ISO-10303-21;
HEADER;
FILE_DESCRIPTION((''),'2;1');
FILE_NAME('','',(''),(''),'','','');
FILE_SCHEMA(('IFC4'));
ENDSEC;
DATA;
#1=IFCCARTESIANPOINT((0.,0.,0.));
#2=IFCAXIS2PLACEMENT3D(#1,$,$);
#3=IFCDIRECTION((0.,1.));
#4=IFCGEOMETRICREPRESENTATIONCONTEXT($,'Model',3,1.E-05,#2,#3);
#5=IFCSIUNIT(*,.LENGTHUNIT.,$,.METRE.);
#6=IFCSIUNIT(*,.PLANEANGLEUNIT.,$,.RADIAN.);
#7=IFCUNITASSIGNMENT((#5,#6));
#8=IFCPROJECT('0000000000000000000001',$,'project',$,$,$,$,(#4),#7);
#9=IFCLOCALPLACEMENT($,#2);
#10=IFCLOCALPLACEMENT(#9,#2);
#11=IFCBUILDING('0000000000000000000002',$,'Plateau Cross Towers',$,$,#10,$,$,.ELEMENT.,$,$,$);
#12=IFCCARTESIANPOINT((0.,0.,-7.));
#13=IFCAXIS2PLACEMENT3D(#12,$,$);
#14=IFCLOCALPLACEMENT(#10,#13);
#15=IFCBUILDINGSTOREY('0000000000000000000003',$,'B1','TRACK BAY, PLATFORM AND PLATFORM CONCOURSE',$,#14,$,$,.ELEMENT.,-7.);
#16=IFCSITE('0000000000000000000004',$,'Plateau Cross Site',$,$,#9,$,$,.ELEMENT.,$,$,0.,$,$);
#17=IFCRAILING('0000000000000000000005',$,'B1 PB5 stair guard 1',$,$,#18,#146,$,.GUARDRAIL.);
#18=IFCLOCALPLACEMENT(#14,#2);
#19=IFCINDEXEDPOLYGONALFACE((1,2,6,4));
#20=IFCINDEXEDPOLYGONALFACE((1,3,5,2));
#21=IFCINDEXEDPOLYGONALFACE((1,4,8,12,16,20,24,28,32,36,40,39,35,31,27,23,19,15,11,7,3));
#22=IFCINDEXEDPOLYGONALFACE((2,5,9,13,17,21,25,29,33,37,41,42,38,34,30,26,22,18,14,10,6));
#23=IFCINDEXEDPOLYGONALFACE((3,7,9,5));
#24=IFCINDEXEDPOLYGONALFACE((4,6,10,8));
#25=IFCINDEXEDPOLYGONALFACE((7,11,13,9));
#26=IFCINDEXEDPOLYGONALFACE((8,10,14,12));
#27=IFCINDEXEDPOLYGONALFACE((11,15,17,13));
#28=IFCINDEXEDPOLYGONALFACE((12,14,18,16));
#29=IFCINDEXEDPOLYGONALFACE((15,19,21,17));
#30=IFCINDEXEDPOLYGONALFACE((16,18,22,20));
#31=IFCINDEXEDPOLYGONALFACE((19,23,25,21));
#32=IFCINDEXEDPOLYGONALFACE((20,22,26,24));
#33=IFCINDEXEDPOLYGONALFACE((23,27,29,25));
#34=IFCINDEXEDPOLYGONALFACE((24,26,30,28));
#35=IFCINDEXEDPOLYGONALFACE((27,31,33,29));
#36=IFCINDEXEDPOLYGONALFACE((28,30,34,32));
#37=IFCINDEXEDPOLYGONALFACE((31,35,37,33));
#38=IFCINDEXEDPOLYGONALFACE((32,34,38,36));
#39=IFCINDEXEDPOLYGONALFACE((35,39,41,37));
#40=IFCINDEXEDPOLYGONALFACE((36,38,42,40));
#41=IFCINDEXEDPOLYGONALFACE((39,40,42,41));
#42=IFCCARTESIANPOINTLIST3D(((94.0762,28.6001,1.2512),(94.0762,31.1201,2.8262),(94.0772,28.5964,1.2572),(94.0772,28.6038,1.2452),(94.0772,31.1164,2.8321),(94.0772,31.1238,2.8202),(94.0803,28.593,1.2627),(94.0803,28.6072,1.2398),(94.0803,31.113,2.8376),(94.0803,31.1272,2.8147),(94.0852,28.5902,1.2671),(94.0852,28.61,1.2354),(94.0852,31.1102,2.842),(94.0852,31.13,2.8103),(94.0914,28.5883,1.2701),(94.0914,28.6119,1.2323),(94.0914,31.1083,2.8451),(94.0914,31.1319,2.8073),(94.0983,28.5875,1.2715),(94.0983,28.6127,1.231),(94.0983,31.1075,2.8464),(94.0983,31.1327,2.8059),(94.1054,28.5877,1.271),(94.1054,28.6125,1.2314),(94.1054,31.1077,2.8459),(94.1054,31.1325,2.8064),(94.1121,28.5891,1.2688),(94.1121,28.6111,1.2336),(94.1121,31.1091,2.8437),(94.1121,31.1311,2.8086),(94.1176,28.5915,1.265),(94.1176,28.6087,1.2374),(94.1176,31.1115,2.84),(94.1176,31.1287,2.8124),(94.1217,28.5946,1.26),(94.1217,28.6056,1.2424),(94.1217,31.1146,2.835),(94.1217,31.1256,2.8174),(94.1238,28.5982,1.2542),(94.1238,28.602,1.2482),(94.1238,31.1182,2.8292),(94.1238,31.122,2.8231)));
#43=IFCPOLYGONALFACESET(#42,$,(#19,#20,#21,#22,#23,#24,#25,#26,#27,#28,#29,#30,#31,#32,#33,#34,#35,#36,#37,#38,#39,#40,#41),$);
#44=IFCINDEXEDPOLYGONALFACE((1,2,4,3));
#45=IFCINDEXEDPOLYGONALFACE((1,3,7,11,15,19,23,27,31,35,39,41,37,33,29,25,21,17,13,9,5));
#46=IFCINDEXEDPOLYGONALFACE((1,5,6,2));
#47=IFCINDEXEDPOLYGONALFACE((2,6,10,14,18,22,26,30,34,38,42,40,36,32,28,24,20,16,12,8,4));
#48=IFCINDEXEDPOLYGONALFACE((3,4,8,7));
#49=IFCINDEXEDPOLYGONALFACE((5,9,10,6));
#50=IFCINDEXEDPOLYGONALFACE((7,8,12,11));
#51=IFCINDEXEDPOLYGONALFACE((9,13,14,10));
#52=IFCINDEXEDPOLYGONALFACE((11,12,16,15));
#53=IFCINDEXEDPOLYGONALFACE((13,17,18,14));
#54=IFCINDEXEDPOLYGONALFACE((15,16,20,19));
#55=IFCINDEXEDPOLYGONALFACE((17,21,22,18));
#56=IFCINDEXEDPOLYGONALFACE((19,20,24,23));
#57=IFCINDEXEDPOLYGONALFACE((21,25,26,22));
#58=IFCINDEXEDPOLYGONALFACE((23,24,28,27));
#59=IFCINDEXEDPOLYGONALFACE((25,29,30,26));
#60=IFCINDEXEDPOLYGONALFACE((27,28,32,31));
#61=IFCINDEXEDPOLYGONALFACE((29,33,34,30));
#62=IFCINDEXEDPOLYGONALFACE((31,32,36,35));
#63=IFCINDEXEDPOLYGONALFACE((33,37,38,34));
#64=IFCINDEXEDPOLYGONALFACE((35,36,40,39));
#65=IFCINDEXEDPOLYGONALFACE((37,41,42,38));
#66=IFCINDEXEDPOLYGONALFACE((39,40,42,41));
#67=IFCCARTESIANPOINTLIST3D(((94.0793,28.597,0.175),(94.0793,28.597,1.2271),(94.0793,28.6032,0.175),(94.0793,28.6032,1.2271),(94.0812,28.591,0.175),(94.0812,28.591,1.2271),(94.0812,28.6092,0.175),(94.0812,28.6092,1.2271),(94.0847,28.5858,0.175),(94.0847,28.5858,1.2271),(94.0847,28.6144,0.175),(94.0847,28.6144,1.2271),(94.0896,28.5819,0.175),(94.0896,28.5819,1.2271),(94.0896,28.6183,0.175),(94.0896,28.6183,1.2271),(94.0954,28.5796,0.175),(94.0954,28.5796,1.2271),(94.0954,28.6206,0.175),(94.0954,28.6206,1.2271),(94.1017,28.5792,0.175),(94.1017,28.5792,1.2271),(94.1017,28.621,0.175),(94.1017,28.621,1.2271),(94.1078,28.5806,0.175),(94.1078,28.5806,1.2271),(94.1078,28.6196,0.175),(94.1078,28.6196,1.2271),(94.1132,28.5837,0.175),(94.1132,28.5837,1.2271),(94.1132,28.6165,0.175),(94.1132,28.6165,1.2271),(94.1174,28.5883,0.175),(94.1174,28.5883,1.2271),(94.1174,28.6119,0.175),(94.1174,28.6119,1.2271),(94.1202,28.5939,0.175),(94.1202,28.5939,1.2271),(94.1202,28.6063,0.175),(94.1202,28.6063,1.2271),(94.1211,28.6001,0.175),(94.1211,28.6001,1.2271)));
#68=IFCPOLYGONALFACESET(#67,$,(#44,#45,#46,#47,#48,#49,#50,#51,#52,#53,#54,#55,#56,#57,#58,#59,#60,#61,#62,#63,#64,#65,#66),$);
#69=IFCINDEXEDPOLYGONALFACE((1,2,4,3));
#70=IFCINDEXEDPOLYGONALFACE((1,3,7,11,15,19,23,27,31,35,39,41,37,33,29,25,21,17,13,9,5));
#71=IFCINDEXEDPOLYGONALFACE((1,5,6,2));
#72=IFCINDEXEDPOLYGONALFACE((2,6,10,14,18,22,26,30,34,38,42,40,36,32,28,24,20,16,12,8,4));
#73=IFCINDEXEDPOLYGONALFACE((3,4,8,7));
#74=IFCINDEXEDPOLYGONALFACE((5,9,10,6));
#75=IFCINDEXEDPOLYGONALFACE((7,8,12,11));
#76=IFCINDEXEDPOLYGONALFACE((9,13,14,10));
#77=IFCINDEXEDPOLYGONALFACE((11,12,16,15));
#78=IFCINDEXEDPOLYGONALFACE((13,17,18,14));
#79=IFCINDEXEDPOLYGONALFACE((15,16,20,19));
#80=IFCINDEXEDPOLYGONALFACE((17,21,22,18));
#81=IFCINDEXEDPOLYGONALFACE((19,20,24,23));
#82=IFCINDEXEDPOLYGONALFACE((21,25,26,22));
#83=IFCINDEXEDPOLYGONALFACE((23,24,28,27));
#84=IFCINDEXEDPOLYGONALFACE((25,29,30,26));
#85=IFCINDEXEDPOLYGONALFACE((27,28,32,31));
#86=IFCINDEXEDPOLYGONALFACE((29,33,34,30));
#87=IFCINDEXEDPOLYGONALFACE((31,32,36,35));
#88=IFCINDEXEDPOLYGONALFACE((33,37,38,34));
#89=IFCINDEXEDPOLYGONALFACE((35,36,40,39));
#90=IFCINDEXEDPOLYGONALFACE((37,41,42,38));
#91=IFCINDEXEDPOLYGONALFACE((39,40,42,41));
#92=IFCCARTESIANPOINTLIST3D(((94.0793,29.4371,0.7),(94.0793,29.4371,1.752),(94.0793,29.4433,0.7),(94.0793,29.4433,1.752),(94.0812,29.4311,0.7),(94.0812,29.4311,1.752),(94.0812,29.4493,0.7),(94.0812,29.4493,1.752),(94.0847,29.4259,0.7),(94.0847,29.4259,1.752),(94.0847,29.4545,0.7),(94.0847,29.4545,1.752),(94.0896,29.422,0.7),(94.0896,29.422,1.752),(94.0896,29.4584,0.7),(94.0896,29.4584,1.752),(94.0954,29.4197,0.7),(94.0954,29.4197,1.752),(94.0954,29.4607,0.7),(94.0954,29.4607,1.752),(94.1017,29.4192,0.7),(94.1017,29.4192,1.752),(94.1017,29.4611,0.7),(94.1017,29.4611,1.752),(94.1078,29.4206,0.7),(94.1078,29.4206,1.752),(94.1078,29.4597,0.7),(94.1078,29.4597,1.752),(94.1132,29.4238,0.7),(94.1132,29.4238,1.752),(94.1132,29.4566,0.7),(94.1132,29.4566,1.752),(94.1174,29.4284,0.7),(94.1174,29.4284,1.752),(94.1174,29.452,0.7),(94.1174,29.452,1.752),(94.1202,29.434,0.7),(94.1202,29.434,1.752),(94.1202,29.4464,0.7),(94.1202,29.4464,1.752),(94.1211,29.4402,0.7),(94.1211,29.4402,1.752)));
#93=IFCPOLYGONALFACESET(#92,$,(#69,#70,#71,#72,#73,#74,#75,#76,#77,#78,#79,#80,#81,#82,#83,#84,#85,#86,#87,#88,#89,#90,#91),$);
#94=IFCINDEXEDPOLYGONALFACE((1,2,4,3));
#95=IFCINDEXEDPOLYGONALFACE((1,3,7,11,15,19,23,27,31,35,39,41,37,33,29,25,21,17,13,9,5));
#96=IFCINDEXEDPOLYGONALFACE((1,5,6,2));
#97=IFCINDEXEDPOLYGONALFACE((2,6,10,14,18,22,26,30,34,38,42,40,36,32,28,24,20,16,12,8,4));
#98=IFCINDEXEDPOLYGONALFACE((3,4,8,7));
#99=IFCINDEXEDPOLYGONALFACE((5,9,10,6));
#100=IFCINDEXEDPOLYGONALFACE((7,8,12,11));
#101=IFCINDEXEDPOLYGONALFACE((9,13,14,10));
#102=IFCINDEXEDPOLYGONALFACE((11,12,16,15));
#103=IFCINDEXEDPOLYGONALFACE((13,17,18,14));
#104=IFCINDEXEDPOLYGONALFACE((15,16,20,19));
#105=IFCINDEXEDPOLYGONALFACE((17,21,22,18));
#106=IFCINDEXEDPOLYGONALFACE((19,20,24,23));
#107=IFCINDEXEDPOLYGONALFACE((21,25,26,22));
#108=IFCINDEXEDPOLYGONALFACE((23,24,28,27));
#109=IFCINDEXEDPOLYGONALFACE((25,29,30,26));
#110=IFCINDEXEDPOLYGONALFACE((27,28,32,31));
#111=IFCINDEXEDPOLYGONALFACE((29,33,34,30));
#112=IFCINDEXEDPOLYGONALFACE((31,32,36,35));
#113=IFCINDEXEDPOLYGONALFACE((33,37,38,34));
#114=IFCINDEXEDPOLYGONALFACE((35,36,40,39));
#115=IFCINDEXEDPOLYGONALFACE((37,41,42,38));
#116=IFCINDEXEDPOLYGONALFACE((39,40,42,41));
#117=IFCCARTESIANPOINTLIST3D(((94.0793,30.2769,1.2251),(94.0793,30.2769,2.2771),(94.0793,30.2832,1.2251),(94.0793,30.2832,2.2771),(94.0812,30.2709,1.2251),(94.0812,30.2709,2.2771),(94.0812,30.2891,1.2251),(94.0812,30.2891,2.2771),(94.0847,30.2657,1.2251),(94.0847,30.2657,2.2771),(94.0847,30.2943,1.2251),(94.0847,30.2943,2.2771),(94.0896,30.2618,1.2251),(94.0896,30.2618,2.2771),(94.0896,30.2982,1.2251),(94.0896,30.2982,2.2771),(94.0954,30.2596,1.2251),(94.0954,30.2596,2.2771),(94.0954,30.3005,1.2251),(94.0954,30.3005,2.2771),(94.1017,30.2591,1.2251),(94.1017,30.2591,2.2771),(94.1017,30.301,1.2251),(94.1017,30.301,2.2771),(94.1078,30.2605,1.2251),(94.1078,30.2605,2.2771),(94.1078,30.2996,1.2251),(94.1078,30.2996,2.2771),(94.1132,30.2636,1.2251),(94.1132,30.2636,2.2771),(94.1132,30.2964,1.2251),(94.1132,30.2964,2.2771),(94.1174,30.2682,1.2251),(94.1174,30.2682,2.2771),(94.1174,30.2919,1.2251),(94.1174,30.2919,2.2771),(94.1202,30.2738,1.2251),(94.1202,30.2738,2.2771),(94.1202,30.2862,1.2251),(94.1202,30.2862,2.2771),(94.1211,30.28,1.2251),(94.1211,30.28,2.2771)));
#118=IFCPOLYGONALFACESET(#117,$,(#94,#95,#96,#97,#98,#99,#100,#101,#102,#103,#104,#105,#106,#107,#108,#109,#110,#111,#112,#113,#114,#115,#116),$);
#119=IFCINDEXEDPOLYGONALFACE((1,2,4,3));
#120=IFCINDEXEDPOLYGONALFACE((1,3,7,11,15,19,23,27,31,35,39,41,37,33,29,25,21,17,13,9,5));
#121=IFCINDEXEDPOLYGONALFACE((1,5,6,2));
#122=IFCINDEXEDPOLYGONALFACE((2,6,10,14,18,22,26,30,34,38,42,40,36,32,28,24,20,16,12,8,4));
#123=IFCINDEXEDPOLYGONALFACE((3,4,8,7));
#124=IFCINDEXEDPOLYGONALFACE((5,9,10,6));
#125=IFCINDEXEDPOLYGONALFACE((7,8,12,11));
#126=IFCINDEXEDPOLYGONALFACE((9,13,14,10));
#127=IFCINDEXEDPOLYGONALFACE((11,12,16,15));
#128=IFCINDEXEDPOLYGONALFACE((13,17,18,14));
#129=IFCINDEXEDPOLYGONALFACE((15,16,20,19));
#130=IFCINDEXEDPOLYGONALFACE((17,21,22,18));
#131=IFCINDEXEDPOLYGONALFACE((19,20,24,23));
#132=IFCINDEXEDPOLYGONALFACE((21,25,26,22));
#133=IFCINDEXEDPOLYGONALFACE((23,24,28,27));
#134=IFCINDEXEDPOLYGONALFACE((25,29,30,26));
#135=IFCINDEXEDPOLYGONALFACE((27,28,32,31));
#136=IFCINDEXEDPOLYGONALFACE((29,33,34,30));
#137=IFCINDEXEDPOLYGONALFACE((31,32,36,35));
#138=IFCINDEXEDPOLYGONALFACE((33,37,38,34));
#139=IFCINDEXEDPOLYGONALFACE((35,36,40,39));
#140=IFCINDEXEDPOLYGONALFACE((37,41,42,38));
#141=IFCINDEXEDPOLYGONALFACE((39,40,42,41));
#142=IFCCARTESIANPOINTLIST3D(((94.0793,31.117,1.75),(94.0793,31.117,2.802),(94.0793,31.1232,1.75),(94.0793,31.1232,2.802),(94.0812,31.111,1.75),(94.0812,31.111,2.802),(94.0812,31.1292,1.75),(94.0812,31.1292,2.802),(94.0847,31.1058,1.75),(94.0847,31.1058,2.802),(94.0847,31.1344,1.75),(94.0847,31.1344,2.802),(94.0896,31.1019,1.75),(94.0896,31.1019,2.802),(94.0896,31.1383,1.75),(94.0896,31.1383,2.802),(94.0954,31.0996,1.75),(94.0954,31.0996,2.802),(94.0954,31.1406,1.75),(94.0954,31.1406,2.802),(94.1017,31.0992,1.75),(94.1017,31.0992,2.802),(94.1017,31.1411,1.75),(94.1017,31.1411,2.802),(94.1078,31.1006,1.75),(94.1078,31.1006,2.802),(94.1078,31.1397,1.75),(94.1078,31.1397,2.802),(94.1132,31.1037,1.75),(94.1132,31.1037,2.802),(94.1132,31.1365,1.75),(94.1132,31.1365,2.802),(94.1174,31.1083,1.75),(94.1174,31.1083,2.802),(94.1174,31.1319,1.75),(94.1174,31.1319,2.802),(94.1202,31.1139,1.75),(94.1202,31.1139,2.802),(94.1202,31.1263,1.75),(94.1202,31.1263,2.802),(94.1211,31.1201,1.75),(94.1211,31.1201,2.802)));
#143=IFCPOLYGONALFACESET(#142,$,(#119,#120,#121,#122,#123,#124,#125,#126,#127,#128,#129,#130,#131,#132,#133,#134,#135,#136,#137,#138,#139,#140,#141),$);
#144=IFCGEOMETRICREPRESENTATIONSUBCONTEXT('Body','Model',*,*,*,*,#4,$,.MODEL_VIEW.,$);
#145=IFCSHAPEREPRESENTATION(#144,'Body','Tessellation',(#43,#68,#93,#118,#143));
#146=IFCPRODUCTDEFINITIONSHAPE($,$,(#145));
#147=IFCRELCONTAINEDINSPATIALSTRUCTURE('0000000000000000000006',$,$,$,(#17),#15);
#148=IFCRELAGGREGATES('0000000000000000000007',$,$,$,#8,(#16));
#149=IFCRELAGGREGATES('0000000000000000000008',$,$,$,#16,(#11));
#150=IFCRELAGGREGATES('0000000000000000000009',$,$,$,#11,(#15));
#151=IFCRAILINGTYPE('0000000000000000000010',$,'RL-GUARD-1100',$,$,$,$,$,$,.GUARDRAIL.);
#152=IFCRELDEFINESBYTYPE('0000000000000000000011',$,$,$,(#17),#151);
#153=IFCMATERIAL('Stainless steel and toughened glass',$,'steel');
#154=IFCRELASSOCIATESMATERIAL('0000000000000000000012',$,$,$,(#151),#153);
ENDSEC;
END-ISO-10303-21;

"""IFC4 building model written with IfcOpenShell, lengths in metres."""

from ifc_helpers import new_model, si_unit, direction, frame, origin, origin_2d, place, context, subcontext, project, spatial, circle, extrude, material, type_object, element, save


model = new_model("IFC4")

# Units and contexts
model_context = context("Model", 3, precision=1e-05, world=origin(), true_north=direction((0.0, 1.0)))
body_context = subcontext(model_context, "Body", "Model", "MODEL_VIEW")
ifc_project = project(units=[si_unit("LENGTHUNIT", "METRE"), si_unit("PLANEANGLEUNIT", "RADIAN")], contexts=[model_context])

# Site, building, storey
site_placement = place(None, origin())
site = spatial("IfcSite", under=ifc_project, at=site_placement, Name="Plateau Cross Site", CompositionType="ELEMENT", RefElevation=0.0)
building_placement = place(site_placement, origin())
building = spatial("IfcBuilding", under=site, at=building_placement, Name="Plateau Cross Towers", CompositionType="ELEMENT")
storey_placement = place(building_placement, frame((0.0, 0.0, -7.0)))
storey = spatial("IfcBuildingStorey", under=building, at=storey_placement, Name="B1", Description="TRACK BAY, PLATFORM AND PLATFORM CONCOURSE", CompositionType="ELEMENT", Elevation=-7.0)

# Railing
ifc_material_1 = material(Name="Stainless steel and toughened glass", Category="steel")
railing_type_1 = type_object("IfcRailingType", Name="RL-GUARD-1100", PredefinedType="GUARDRAIL", material=ifc_material_1)
railing_1_placement = place(storey_placement, frame((94.1001, 28.6001, 0.175)))
element("IfcRailing", 1, at=railing_1_placement, inside=storey, type_object=railing_type_1, Name="B1 PB5 stair guard 1", PredefinedType="GUARDRAIL", context=body_context, shape_type="SweptSolid", body=[
    extrude(circle(Radius=0.0239, at=origin_2d()), frame((0.0, 0.0, 1.0762), z_axis=(0.0, 0.848008, 0.529984), x_axis=(-1.0, 0.0, 0.0)), (0.0, 0.0, 1.0), 2.9717),
    extrude(circle(Radius=0.021, at=origin_2d()), origin(), (0.0, 0.0, 1.0), 1.052),
    extrude(circle(Radius=0.021, at=origin_2d()), frame((0.0, 0.8401, 0.5249)), (0.0, 0.0, 1.0), 1.052),
    extrude(circle(Radius=0.021, at=origin_2d()), frame((0.0, 1.6799, 1.05)), (0.0, 0.0, 1.0), 1.052),
    extrude(circle(Radius=0.021, at=origin_2d()), frame((0.0, 2.52, 1.575)), (0.0, 0.0, 1.0), 1.052),
])

save(model, "model.ifc")
